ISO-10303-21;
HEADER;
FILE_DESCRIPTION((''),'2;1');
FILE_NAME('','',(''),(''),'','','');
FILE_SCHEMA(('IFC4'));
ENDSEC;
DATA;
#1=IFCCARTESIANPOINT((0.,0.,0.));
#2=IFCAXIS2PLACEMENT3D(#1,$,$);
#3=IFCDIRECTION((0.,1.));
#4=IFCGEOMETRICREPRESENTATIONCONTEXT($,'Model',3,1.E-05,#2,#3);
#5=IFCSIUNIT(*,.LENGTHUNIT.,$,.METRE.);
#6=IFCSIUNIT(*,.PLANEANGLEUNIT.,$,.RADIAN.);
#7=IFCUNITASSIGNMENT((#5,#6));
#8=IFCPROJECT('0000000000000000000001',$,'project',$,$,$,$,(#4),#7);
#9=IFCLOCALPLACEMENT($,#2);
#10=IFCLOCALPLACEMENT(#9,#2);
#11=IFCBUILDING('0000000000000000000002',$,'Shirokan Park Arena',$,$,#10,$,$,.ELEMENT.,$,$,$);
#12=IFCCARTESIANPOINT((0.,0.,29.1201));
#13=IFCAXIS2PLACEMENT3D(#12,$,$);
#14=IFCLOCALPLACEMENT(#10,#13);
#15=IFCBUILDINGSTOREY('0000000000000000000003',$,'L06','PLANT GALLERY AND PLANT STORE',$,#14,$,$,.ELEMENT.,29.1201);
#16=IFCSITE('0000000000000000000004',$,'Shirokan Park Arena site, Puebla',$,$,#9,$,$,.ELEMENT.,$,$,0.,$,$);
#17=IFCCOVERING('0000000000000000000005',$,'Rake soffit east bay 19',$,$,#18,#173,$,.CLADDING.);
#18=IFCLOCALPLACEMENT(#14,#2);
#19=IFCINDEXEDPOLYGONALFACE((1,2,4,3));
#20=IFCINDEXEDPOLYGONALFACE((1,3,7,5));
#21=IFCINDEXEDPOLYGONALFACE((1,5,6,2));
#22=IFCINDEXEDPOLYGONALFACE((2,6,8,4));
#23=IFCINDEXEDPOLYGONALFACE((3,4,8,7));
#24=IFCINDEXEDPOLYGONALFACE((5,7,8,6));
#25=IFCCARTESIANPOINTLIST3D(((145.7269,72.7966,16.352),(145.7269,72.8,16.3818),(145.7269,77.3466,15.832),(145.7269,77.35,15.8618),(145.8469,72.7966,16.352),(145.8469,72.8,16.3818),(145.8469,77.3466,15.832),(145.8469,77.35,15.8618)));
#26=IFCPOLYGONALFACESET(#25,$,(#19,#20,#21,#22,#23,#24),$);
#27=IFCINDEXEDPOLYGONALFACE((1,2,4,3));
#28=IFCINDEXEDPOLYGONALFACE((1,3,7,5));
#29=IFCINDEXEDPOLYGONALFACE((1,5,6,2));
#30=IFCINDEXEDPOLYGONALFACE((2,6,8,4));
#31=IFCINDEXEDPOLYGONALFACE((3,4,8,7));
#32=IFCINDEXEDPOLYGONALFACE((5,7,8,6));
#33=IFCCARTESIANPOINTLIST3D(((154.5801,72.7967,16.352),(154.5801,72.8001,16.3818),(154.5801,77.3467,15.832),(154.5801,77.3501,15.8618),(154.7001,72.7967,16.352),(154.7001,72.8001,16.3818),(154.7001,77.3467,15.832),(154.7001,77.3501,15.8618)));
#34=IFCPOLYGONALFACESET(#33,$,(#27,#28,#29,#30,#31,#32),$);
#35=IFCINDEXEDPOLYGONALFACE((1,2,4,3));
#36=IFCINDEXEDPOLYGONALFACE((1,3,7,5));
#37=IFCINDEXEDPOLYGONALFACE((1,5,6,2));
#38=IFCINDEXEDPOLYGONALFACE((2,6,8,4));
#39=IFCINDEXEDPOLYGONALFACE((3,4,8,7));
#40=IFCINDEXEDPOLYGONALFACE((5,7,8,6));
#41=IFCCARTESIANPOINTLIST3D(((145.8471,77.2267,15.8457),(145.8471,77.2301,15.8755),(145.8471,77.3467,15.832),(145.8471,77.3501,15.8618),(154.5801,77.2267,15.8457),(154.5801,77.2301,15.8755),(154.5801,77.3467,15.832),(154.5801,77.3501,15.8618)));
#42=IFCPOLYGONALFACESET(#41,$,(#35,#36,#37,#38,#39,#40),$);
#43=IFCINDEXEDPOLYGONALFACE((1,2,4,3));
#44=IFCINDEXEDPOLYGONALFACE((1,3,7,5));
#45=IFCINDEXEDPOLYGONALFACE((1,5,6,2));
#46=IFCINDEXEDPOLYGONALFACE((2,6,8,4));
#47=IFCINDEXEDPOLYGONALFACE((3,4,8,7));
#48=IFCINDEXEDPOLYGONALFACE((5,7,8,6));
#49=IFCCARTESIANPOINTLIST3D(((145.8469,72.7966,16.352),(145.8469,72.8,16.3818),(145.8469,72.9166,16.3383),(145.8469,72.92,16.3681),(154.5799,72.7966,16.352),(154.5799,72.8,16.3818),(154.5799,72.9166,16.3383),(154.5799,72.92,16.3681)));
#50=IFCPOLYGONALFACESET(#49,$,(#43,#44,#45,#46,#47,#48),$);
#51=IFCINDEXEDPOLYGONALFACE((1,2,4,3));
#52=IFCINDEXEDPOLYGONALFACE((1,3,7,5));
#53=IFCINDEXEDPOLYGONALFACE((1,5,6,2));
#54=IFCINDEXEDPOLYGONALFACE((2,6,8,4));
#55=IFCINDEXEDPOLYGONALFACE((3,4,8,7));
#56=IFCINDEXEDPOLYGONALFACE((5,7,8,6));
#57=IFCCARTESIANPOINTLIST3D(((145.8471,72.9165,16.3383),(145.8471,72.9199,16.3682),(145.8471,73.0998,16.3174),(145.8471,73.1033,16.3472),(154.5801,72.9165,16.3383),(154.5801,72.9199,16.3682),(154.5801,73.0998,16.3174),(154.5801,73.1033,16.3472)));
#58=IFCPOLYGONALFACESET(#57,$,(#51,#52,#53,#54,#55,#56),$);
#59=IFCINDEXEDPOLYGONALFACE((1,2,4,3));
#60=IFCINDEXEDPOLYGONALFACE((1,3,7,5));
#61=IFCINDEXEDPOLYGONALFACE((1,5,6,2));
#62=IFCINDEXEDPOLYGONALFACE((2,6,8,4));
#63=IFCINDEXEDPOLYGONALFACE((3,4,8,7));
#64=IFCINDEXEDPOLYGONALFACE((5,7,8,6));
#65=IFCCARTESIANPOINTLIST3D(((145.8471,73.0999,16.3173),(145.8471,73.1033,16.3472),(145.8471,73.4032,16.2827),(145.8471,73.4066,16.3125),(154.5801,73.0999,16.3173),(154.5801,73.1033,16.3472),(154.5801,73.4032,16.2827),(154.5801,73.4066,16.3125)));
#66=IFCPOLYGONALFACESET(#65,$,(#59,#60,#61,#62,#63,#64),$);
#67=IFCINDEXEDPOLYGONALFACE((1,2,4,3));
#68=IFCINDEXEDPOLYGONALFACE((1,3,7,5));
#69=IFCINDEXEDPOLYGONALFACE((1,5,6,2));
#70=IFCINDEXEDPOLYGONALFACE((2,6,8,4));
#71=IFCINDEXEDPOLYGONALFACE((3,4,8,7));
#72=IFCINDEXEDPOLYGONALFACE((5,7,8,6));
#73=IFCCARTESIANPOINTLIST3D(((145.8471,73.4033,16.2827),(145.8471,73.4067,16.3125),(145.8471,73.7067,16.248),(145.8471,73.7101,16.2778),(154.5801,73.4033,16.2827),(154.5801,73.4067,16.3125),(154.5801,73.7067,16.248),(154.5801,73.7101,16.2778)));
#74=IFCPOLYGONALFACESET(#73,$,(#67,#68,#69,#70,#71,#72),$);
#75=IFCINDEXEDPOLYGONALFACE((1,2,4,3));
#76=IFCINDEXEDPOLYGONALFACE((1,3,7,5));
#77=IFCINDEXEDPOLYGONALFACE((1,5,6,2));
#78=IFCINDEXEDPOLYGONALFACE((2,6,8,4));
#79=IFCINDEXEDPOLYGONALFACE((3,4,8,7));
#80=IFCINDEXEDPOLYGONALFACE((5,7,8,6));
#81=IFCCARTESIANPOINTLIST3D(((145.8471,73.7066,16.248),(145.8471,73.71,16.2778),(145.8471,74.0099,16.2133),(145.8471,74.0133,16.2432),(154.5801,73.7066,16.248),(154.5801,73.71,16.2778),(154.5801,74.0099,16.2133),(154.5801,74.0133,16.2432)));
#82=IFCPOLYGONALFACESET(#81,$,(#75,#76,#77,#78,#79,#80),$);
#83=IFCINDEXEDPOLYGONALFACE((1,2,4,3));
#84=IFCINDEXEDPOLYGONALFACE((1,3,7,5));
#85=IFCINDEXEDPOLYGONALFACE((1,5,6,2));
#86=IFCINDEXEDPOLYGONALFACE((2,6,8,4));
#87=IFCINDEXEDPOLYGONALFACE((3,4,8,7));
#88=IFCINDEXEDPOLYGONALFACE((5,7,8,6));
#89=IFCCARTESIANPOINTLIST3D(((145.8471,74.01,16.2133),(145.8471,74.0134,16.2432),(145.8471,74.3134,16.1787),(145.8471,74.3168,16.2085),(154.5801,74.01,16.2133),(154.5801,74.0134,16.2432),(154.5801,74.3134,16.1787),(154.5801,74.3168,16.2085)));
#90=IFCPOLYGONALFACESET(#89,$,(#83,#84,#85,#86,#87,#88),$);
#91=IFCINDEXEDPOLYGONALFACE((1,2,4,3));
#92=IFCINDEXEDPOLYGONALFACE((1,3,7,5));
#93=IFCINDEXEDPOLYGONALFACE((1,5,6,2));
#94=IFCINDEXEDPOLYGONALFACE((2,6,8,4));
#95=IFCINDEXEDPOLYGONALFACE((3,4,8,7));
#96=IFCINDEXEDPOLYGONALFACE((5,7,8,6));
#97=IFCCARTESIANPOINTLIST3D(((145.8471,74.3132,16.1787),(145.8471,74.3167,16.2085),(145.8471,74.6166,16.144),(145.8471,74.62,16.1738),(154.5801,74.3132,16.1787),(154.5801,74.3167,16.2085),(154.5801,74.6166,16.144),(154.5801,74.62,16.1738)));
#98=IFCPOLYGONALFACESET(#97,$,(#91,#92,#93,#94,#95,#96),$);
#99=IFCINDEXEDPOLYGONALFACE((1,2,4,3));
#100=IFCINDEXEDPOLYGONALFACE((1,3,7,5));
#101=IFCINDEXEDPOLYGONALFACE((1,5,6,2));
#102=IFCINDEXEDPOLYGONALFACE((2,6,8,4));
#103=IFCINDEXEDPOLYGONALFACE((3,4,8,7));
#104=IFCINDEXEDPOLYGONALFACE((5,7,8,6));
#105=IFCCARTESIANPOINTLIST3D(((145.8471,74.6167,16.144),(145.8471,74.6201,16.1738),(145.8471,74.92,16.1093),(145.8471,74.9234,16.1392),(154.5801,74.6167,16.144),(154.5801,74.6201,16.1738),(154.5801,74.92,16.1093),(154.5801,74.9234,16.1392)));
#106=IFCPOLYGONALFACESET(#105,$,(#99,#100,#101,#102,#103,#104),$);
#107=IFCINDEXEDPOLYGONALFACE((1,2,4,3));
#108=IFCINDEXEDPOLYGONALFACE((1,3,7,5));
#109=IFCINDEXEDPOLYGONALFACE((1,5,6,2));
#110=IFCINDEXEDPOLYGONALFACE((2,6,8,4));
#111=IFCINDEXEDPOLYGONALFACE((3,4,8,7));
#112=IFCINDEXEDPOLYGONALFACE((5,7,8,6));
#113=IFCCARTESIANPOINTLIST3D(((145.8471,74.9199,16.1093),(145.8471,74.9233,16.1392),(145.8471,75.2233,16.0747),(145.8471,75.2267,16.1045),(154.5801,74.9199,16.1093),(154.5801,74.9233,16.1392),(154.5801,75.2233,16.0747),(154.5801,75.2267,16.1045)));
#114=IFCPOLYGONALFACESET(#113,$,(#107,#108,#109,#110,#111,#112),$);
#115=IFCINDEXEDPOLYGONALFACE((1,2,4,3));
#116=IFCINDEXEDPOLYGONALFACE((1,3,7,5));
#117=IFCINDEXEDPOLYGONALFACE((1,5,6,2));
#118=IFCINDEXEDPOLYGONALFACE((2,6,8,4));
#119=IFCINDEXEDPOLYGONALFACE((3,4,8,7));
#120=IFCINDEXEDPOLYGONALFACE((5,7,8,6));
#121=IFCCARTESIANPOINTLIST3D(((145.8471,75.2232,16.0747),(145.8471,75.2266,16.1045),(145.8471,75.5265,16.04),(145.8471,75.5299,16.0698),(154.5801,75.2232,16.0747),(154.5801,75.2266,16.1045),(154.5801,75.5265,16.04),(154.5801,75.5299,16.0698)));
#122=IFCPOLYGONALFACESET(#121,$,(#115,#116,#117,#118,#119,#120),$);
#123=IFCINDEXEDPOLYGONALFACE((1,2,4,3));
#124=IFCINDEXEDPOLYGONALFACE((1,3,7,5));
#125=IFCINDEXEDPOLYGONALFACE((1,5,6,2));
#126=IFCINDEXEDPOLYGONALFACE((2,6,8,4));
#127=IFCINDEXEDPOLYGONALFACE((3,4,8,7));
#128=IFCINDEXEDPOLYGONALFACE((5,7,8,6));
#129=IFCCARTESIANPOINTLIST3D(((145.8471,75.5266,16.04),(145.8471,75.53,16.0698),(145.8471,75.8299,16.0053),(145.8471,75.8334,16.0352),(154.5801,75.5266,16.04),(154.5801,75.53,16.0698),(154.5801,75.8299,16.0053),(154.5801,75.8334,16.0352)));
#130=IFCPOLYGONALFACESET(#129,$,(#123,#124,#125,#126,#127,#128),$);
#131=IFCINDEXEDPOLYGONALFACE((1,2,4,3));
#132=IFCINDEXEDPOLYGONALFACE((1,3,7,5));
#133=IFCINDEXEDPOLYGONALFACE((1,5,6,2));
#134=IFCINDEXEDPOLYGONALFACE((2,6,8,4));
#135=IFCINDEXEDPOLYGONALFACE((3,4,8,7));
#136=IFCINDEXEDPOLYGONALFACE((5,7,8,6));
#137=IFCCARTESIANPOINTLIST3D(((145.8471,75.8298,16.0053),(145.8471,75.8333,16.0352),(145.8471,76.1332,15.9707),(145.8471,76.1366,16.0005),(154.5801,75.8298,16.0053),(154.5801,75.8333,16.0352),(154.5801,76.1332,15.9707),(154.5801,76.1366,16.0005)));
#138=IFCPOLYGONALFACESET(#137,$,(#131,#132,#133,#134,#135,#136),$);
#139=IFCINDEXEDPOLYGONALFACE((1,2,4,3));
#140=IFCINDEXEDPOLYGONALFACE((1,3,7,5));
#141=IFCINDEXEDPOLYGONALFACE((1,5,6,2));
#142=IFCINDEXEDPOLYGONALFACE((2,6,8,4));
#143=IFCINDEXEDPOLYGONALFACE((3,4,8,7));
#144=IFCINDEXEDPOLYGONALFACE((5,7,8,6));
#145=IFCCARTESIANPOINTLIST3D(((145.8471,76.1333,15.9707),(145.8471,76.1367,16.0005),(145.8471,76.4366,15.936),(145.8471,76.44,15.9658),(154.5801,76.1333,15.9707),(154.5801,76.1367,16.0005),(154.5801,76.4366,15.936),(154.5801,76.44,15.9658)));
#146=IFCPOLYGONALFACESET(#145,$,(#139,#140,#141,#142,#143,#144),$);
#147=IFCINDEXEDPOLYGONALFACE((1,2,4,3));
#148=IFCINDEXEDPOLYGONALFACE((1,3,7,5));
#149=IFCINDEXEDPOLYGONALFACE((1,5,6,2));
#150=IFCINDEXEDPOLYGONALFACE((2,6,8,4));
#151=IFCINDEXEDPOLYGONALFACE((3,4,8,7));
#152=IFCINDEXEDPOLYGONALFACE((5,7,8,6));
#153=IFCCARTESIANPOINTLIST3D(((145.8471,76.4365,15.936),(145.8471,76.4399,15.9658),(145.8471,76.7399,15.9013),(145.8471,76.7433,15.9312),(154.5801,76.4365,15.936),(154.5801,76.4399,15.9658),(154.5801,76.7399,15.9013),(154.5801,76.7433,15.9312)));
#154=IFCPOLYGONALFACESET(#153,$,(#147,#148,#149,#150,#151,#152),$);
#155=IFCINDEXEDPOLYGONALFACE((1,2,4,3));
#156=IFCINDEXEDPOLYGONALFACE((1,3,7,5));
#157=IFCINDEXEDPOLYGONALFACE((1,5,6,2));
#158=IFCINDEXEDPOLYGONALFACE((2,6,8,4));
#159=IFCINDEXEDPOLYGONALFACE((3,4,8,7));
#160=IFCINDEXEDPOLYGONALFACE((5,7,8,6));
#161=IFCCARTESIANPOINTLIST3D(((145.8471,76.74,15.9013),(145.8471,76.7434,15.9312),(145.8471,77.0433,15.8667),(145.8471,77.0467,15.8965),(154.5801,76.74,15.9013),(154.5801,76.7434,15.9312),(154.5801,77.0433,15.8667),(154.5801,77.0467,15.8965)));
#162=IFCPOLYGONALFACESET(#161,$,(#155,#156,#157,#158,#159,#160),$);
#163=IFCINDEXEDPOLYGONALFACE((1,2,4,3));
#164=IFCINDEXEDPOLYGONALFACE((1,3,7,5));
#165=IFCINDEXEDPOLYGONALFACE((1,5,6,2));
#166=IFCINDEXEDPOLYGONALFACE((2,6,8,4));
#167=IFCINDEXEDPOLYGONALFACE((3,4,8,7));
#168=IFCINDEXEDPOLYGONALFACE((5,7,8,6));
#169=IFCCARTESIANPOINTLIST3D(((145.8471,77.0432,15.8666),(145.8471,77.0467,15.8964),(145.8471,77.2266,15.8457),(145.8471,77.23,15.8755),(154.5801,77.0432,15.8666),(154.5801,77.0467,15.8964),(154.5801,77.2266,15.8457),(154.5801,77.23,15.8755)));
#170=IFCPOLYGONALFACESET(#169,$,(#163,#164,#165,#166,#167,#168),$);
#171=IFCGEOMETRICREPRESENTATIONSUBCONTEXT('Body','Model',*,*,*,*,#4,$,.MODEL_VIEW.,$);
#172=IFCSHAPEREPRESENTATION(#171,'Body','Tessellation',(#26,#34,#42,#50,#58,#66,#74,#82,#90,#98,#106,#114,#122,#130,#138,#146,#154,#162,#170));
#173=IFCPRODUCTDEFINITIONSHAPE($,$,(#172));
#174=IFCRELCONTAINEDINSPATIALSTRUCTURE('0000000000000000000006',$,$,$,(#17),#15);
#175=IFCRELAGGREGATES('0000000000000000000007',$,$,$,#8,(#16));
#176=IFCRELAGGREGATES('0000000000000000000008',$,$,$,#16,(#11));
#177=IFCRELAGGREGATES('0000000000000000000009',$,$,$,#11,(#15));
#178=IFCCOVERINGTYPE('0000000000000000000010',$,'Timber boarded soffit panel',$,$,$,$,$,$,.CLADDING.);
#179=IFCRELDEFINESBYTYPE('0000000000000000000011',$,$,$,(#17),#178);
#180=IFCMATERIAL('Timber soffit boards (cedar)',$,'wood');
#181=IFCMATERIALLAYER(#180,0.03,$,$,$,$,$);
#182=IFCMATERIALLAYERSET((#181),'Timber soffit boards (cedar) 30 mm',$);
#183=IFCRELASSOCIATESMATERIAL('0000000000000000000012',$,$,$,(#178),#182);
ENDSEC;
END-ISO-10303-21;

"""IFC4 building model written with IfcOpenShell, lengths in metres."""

from ifc_helpers import new_model, si_unit, direction, frame, origin, place, context, subcontext, project, spatial, polyline, outline, extrude, material, layer, layer_set, type_object, element, save


model = new_model("IFC4")

# Units and contexts
model_context = context("Model", 3, precision=1e-05, world=origin(), true_north=direction((0.0, 1.0)))
body_context = subcontext(model_context, "Body", "Model", "MODEL_VIEW")
ifc_project = project(units=[si_unit("LENGTHUNIT", "METRE"), si_unit("PLANEANGLEUNIT", "RADIAN")], contexts=[model_context])

# Site, building, storey
site_placement = place(None, origin())
site = spatial("IfcSite", under=ifc_project, at=site_placement, Name="Shirokan Park Arena site, Puebla", CompositionType="ELEMENT", RefElevation=0.0)
building_placement = place(site_placement, origin())
building = spatial("IfcBuilding", under=site, at=building_placement, Name="Shirokan Park Arena", CompositionType="ELEMENT")
storey_placement = place(building_placement, frame((0.0, 0.0, 29.1201)))
storey = spatial("IfcBuildingStorey", under=building, at=storey_placement, Name="L06", Description="PLANT GALLERY AND PLANT STORE", CompositionType="ELEMENT", Elevation=29.1201)

# Covering
ifc_material = material(Name="Timber soffit boards (cedar)", Category="wood")
ifc_layer = layer(ifc_material, 0.03)
ifc_layer_set = layer_set([ifc_layer], Name="Timber soffit boards (cedar) 30 mm")
covering_type = type_object("IfcCoveringType", Name="Timber boarded soffit panel", PredefinedType="CLADDING", material=ifc_layer_set)
covering_1_placement = place(storey_placement, origin())
element("IfcCovering", 1, at=covering_1_placement, inside=storey, type_object=covering_type, Name="Rake soffit east bay 19", PredefinedType="CLADDING", context=body_context, shape_type="SweptSolid", body=[
    extrude(outline(polyline([(0.0, 0.0), (0.12, 0.0), (0.12, -4.5796), (0.0, -4.5796), (0.0, 0.0)])), frame((145.8469, 72.8, 16.3818), z_axis=(0.0, 0.113547, 0.993533), x_axis=(-1.0, 0.0, 0.0)), (0.0, 0.0, -1.0), 0.03),
    extrude(outline(polyline([(0.0, 0.0), (0.12, 0.0), (0.12, -4.5796), (0.0, -4.5796), (0.0, 0.0)])), frame((154.5801, 77.3501, 15.8618), z_axis=(0.0, 0.113547, 0.993533), x_axis=(1.0, 0.0, 0.0)), (0.0, 0.0, -1.0), 0.03),
    extrude(outline(polyline([(0.0, 0.0), (0.1208, 0.0), (0.1208, -8.733), (0.0, -8.733), (0.0, 0.0)])), frame((154.5801, 77.3501, 15.8618), z_axis=(0.0, 0.113512, 0.993537), x_axis=(0.0, -0.993537, 0.113512)), (0.0, 0.0, -1.0), 0.03),
    extrude(outline(polyline([(0.0, 0.0), (0.1208, 0.0), (0.1208, -8.733), (0.0, -8.733), (0.0, 0.0)])), frame((145.8469, 72.8, 16.3818), z_axis=(0.0, 0.113512, 0.993537), x_axis=(0.0, 0.993537, -0.113512)), (0.0, 0.0, -1.0), 0.03),
    extrude(outline(polyline([(0.0, 0.0), (8.733, 0.0), (8.733, -0.1845), (0.0, -0.1845), (0.0, 0.0)])), frame((154.5801, 72.9199, 16.3682), z_axis=(0.0, 0.113589, 0.993528), x_axis=(-1.0, 0.0, 0.0)), (0.0, 0.0, -1.0), 0.03),
    extrude(outline(polyline([(0.0, 0.0), (8.733, 0.0), (8.733, -0.3053), (0.0, -0.3053), (0.0, 0.0)])), frame((154.5801, 73.1033, 16.3472), z_axis=(0.0, 0.113523, 0.993535), x_axis=(-1.0, 0.0, 0.0)), (0.0, 0.0, -1.0), 0.03),
    extrude(outline(polyline([(0.0, 0.0), (8.733, 0.0), (8.733, -0.3053), (0.0, -0.3053), (0.0, 0.0)])), frame((154.5801, 73.4067, 16.3125), z_axis=(0.0, 0.113559, 0.993531), x_axis=(-1.0, 0.0, 0.0)), (0.0, 0.0, -1.0), 0.03),
    extrude(outline(polyline([(0.0, 0.0), (8.733, 0.0), (8.733, -0.3053), (0.0, -0.3053), (0.0, 0.0)])), frame((154.5801, 73.71, 16.2778), z_axis=(0.0, 0.113559, 0.993531), x_axis=(-1.0, 0.0, 0.0)), (0.0, 0.0, -1.0), 0.03),
    extrude(outline(polyline([(0.0, 0.0), (8.733, 0.0), (8.733, -0.3053), (0.0, -0.3053), (0.0, 0.0)])), frame((154.5801, 74.0134, 16.2432), z_axis=(0.0, 0.113523, 0.993535), x_axis=(-1.0, 0.0, 0.0)), (0.0, 0.0, -1.0), 0.03),
    extrude(outline(polyline([(0.0, 0.0), (8.733, 0.0), (8.733, -0.3053), (0.0, -0.3053), (0.0, 0.0)])), frame((154.5801, 74.3167, 16.2085), z_axis=(0.0, 0.113559, 0.993531), x_axis=(-1.0, 0.0, 0.0)), (0.0, 0.0, -1.0), 0.03),
    extrude(outline(polyline([(0.0, 0.0), (8.733, 0.0), (8.733, -0.3053), (0.0, -0.3053), (0.0, 0.0)])), frame((154.5801, 74.6201, 16.1738), z_axis=(0.0, 0.113559, 0.993531), x_axis=(-1.0, 0.0, 0.0)), (0.0, 0.0, -1.0), 0.03),
    extrude(outline(polyline([(0.0, 0.0), (8.733, 0.0), (8.733, -0.3053), (0.0, -0.3053), (0.0, 0.0)])), frame((154.5801, 74.9233, 16.1392), z_axis=(0.0, 0.113523, 0.993535), x_axis=(-1.0, 0.0, 0.0)), (0.0, 0.0, -1.0), 0.03),
    extrude(outline(polyline([(0.0, 0.0), (8.733, 0.0), (8.733, -0.3053), (0.0, -0.3053), (0.0, 0.0)])), frame((154.5801, 75.2266, 16.1045), z_axis=(0.0, 0.113559, 0.993531), x_axis=(-1.0, 0.0, 0.0)), (0.0, 0.0, -1.0), 0.03),
    extrude(outline(polyline([(0.0, 0.0), (8.733, 0.0), (8.733, -0.3053), (0.0, -0.3053), (0.0, 0.0)])), frame((154.5801, 75.53, 16.0698), z_axis=(0.0, 0.113559, 0.993531), x_axis=(-1.0, 0.0, 0.0)), (0.0, 0.0, -1.0), 0.03),
    extrude(outline(polyline([(0.0, 0.0), (8.733, 0.0), (8.733, -0.3053), (0.0, -0.3053), (0.0, 0.0)])), frame((154.5801, 75.8333, 16.0352), z_axis=(0.0, 0.113523, 0.993535), x_axis=(-1.0, 0.0, 0.0)), (0.0, 0.0, -1.0), 0.03),
    extrude(outline(polyline([(0.0, 0.0), (8.733, 0.0), (8.733, -0.3053), (0.0, -0.3053), (0.0, 0.0)])), frame((154.5801, 76.1367, 16.0005), z_axis=(0.0, 0.113559, 0.993531), x_axis=(-1.0, 0.0, 0.0)), (0.0, 0.0, -1.0), 0.03),
    extrude(outline(polyline([(0.0, 0.0), (8.733, 0.0), (8.733, -0.3053), (0.0, -0.3053), (0.0, 0.0)])), frame((154.5801, 76.4399, 15.9658), z_axis=(0.0, 0.113559, 0.993531), x_axis=(-1.0, 0.0, 0.0)), (0.0, 0.0, -1.0), 0.03),
    extrude(outline(polyline([(0.0, 0.0), (8.733, 0.0), (8.733, -0.3053), (0.0, -0.3053), (0.0, 0.0)])), frame((154.5801, 76.7434, 15.9312), z_axis=(0.0, 0.113523, 0.993535), x_axis=(-1.0, 0.0, 0.0)), (0.0, 0.0, -1.0), 0.03),
    extrude(outline(polyline([(0.0, 0.0), (0.1845, 0.0), (0.1845, -8.733), (0.0, -8.733), (0.0, 0.0)])), frame((154.5801, 77.23, 15.8755), z_axis=(0.0, 0.113589, 0.993528), x_axis=(0.0, -0.993528, 0.113589)), (0.0, 0.0, -1.0), 0.03),
])

save(model, "model.ifc")
